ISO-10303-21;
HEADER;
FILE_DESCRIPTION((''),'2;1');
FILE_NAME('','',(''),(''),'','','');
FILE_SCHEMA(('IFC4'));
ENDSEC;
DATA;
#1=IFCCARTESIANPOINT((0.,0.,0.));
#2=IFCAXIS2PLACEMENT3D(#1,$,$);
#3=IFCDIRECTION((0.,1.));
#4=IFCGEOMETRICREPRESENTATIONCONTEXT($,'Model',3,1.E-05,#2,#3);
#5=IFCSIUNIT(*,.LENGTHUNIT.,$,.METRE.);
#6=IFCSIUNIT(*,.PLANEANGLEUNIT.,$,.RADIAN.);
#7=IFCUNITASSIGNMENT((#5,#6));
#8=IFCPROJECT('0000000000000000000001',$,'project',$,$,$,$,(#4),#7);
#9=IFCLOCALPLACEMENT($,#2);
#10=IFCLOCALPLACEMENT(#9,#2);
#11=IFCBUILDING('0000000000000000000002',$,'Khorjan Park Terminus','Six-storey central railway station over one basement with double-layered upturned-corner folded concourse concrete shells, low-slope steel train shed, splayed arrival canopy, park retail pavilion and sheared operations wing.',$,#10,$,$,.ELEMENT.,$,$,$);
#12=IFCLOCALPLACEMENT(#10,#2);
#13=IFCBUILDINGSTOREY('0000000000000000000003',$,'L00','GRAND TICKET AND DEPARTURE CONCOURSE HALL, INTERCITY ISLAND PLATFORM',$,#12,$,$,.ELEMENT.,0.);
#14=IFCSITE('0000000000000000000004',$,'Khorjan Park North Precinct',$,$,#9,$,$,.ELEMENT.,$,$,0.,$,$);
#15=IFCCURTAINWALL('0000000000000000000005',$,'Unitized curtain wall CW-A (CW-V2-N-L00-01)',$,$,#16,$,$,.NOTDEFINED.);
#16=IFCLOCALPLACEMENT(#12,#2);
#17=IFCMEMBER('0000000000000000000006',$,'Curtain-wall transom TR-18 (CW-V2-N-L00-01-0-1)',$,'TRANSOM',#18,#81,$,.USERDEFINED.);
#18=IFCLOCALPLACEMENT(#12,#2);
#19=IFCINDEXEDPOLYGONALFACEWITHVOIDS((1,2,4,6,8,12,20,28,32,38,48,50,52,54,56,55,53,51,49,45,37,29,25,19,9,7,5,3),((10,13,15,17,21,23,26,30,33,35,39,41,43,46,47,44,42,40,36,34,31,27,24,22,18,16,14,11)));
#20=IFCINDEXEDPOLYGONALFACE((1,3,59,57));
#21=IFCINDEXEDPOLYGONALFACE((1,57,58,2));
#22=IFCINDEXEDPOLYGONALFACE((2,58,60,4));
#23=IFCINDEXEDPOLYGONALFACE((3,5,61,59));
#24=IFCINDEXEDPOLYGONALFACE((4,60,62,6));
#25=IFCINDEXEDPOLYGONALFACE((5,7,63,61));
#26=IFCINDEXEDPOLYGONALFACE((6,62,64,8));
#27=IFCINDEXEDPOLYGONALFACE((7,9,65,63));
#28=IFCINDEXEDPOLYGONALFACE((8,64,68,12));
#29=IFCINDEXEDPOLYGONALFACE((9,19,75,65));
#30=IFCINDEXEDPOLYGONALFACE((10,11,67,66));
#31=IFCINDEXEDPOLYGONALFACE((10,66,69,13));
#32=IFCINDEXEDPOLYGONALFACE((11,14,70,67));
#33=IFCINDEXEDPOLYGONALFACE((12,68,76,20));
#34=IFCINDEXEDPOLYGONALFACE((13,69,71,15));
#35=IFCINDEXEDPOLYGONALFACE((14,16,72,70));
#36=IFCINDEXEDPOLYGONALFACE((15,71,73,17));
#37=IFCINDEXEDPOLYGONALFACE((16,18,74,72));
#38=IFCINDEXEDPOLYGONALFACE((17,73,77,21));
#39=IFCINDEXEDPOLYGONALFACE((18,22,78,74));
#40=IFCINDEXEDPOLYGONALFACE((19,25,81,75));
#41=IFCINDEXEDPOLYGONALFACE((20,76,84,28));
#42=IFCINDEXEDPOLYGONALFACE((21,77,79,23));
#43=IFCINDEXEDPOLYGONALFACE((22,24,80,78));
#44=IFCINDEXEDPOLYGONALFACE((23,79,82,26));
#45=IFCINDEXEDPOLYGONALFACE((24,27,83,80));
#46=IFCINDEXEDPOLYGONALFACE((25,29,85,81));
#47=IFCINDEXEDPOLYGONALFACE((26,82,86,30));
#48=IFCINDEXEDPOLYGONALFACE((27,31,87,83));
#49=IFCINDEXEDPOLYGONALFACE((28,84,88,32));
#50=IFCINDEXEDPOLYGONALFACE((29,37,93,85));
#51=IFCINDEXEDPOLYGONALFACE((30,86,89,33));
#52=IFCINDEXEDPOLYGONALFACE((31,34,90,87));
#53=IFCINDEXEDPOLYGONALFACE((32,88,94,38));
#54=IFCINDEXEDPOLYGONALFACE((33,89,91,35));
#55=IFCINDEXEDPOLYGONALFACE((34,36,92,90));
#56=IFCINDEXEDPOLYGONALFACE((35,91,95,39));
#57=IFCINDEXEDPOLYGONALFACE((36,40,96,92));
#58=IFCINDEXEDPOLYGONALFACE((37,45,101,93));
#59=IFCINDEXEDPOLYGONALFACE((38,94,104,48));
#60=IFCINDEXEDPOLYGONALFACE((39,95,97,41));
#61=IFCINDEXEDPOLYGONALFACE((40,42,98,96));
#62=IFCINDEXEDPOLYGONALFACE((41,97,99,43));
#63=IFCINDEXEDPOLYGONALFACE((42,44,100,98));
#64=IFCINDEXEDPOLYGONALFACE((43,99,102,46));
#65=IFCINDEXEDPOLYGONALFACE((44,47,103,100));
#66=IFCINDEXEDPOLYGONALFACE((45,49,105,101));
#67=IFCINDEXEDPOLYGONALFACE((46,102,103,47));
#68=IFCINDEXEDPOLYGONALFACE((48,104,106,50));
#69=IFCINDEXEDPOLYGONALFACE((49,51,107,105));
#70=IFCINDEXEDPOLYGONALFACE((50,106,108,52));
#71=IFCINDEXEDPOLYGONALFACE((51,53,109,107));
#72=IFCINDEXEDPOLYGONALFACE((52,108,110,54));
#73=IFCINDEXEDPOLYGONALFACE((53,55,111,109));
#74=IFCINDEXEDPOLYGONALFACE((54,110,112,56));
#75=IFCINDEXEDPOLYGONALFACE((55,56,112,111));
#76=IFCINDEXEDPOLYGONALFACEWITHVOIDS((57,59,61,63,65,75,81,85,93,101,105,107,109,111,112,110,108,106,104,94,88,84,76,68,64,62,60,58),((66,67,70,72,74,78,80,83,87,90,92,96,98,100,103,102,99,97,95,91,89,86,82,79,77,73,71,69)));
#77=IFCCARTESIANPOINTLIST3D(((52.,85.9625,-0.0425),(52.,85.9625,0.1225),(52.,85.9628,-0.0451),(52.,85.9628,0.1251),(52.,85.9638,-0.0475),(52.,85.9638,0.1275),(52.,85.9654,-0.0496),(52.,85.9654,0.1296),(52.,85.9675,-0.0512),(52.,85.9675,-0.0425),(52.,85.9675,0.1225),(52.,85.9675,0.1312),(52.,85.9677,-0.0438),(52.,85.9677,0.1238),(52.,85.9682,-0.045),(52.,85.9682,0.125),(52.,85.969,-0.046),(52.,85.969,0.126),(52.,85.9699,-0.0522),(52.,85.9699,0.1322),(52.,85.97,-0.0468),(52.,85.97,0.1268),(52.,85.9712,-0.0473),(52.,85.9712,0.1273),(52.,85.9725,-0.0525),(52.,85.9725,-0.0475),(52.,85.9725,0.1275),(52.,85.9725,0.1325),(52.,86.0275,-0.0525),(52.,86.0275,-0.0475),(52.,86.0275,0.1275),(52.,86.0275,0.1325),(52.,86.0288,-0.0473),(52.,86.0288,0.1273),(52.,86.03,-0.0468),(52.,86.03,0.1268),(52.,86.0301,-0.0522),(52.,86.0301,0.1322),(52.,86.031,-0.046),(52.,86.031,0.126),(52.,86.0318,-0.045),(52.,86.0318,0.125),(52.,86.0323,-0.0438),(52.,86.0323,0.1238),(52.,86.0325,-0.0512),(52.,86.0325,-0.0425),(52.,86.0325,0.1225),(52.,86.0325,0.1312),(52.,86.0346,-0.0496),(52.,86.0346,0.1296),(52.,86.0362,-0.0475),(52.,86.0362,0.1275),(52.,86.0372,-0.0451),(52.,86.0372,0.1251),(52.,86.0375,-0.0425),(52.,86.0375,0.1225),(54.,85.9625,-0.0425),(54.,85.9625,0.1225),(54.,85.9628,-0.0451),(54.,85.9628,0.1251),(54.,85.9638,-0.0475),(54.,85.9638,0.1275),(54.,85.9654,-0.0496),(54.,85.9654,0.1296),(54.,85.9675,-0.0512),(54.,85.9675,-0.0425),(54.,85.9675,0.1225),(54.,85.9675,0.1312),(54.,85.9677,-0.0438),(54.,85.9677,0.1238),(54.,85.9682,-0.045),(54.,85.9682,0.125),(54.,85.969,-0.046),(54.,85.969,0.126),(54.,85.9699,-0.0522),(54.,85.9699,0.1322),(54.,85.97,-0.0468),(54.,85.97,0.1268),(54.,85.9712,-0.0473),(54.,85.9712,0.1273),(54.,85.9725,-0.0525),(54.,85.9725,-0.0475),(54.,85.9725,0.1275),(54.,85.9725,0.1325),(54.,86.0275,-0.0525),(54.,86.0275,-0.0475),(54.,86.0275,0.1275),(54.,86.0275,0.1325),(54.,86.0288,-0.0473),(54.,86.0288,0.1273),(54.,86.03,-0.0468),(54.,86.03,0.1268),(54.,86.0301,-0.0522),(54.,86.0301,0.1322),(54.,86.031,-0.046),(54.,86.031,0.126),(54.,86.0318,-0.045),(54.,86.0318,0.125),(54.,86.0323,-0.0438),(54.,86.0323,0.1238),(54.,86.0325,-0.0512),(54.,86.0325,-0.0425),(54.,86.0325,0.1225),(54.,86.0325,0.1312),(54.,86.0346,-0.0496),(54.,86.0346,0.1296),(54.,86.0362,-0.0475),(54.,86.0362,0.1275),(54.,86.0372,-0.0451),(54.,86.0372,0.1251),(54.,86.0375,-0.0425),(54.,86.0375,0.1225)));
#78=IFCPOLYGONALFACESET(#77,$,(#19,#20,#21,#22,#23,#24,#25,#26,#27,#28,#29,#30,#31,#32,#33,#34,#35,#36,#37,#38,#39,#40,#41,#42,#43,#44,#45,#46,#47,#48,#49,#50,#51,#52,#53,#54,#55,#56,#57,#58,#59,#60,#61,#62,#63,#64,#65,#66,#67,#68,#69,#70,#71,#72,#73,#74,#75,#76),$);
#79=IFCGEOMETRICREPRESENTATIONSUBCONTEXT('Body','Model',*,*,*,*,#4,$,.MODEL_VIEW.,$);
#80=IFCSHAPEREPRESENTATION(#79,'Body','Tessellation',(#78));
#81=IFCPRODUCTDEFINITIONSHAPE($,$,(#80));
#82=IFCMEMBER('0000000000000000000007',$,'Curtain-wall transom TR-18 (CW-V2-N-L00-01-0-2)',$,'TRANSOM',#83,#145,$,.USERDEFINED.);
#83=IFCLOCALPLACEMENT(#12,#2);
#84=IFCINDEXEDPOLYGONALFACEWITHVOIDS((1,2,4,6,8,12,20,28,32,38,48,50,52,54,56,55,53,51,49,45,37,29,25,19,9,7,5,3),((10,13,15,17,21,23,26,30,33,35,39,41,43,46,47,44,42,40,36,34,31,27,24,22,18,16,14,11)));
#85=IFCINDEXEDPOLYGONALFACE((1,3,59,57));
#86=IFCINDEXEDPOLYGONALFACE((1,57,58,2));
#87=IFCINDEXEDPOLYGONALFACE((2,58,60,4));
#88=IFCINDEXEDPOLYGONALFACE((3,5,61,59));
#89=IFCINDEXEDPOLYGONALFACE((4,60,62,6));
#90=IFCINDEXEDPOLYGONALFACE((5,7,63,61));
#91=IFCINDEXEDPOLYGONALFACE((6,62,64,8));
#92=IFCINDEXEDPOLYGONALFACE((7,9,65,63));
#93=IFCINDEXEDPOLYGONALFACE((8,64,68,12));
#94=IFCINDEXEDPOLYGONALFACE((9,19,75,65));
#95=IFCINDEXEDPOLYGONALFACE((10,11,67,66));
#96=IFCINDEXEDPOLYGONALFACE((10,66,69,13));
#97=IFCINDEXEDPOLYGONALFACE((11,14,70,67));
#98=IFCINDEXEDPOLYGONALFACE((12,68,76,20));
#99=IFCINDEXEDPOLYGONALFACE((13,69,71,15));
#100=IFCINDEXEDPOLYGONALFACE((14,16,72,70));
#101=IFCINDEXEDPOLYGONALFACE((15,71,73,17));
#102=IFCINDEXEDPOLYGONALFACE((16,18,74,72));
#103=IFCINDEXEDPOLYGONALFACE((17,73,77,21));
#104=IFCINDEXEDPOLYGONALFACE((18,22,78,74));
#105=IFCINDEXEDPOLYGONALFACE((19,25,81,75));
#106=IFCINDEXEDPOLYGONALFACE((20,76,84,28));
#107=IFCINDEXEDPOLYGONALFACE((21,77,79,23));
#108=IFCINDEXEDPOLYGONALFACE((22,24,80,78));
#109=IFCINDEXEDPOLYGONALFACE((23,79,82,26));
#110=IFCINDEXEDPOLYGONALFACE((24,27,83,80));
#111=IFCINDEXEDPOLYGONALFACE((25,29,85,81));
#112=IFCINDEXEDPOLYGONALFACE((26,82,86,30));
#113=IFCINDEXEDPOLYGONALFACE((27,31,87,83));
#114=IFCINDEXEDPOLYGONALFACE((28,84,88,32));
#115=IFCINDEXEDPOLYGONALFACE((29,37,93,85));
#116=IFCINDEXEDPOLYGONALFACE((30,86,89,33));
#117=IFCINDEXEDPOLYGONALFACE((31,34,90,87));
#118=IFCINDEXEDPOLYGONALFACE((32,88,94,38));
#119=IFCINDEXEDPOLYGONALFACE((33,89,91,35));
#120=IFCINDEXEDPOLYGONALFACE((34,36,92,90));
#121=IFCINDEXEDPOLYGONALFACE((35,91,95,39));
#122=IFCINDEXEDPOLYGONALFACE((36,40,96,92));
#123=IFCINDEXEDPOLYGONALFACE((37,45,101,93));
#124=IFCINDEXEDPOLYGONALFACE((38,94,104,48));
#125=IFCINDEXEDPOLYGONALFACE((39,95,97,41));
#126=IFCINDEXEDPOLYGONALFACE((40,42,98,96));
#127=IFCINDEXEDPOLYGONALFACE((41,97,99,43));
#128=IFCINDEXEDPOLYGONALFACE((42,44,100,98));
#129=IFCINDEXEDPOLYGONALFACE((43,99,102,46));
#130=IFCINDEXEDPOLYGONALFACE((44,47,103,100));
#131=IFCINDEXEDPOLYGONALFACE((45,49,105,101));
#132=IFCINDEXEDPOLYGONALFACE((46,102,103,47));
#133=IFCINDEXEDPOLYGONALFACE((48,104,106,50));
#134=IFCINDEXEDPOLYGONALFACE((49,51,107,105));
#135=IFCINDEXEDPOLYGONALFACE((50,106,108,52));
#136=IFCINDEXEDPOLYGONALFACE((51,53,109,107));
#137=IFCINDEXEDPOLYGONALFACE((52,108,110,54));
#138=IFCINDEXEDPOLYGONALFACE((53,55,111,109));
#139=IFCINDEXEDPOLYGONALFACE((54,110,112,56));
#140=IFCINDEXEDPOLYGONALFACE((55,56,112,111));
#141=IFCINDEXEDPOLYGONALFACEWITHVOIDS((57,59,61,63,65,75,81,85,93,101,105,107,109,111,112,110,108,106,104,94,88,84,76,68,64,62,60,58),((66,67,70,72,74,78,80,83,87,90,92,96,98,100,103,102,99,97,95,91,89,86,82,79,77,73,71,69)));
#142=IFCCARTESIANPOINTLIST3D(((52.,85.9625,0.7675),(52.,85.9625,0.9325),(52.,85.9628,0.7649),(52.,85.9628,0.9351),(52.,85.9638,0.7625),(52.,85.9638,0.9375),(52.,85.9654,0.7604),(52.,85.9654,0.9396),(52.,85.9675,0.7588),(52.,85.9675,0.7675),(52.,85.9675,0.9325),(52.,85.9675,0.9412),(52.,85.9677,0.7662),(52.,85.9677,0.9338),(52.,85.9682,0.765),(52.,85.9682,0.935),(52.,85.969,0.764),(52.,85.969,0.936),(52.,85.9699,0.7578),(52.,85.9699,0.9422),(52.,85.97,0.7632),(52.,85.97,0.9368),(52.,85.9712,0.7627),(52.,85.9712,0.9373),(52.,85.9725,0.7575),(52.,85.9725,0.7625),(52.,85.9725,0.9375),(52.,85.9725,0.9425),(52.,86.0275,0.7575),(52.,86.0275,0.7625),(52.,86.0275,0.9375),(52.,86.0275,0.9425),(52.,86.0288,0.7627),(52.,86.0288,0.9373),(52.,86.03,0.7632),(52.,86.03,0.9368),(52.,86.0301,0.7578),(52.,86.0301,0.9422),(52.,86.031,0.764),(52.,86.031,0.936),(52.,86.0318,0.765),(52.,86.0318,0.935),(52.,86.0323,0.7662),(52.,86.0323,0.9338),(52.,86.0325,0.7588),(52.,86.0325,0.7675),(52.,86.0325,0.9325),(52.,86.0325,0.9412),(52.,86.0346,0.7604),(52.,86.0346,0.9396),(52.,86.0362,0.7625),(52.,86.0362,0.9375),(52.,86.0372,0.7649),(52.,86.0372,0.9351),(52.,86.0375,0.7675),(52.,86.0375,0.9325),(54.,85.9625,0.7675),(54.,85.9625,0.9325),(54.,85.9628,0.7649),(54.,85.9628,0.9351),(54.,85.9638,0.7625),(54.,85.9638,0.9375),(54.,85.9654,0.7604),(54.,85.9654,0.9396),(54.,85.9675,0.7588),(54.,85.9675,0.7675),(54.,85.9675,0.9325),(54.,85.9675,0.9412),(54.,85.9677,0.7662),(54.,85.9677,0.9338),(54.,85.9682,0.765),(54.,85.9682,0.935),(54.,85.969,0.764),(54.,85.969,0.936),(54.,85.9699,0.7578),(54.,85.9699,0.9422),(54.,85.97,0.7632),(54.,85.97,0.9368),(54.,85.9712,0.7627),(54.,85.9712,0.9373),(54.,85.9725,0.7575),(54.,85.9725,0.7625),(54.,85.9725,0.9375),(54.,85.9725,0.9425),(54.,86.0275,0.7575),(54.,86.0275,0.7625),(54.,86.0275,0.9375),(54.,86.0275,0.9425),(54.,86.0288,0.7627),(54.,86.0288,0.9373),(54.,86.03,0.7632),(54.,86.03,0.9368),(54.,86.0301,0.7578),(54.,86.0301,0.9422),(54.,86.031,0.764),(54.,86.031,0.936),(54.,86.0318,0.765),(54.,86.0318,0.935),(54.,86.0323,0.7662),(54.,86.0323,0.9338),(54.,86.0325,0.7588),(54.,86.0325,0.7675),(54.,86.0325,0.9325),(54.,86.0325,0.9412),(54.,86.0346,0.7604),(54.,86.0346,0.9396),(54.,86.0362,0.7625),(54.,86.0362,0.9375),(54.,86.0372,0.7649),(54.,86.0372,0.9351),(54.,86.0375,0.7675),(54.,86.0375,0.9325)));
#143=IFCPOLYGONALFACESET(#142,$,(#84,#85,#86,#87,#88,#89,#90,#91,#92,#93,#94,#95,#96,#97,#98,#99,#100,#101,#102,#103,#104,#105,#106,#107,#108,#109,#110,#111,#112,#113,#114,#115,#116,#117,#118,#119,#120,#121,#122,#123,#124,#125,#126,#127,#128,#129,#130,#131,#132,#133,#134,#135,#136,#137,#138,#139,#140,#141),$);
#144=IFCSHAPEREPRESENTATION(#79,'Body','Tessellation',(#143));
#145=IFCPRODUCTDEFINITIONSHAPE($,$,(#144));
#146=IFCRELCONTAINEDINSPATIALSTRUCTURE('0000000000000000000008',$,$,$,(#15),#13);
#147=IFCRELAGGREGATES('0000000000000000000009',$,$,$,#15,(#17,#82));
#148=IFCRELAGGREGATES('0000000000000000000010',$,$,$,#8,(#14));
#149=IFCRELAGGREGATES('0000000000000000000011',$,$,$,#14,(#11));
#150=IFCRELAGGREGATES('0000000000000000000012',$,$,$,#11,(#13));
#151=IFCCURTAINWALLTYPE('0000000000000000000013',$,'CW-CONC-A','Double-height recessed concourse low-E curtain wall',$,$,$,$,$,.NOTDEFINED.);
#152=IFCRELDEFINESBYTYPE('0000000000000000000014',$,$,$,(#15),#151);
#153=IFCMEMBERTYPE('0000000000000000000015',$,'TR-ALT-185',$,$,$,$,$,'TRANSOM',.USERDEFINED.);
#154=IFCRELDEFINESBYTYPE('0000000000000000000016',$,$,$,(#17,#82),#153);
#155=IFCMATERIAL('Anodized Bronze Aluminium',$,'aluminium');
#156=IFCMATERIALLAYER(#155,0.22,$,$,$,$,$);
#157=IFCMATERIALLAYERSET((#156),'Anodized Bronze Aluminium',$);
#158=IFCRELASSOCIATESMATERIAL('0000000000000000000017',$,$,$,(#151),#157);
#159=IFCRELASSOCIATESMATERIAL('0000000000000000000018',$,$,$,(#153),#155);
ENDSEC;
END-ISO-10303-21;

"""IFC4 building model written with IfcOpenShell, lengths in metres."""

from ifc_helpers import new_model, si_unit, direction, frame, origin, origin_2d, place, context, subcontext, project, spatial, hollow_rectangle, extrude, material, layer, layer_set, material_profile, profile_set, type_object, element, aggregate, save


model = new_model("IFC4")

# Units and contexts
model_context = context("Model", 3, precision=1e-05, world=origin(), true_north=direction((0.0, 1.0)))
body_context = subcontext(model_context, "Body", "Model", "MODEL_VIEW")
ifc_project = project(units=[si_unit("LENGTHUNIT", "METRE"), si_unit("PLANEANGLEUNIT", "RADIAN")], contexts=[model_context])

# Site, building, storey
site_placement = place(None, origin())
site = spatial("IfcSite", under=ifc_project, at=site_placement, Name="Khorjan Park North Precinct", CompositionType="ELEMENT", RefElevation=0.0)
building_placement = place(site_placement, origin())
building = spatial("IfcBuilding", under=site, at=building_placement, Name="Khorjan Park Terminus", Description="Six-storey central railway station over one basement with double-layered upturned-corner folded concourse concrete shells, low-slope steel train shed, splayed arrival canopy, park retail pavilion and sheared operations wing.", CompositionType="ELEMENT")
storey_placement = place(building_placement, origin())
storey = spatial("IfcBuildingStorey", under=building, at=storey_placement, Name="L00", Description="GRAND TICKET AND DEPARTURE CONCOURSE HALL, INTERCITY ISLAND PLATFORM", CompositionType="ELEMENT", Elevation=0.0)

# Curtain wall, members
ifc_material_1 = material(Name="Anodized Bronze Aluminium", Category="aluminium")
ifc_layer_1 = layer(ifc_material_1, 0.22)
ifc_layer_set_1 = layer_set([ifc_layer_1], Name="Anodized Bronze Aluminium")
curtain_wall_type_1 = type_object("IfcCurtainWallType", Name="CW-CONC-A", Description="Double-height recessed concourse low-E curtain wall", PredefinedType="NOTDEFINED", material=ifc_layer_set_1)
curtain_wall_1_placement = place(storey_placement, origin())
curtain_wall_1 = element("IfcCurtainWall", 1, at=curtain_wall_1_placement, inside=storey, type_object=curtain_wall_type_1, Name="Unitized curtain wall CW-A (CW-V2-N-L00-01)", PredefinedType="NOTDEFINED")
ifc_material_profile_1 = material_profile(ifc_material_1, hollow_rectangle(XDim=0.075, YDim=0.185, WallThickness=0.005, InnerFilletRadius=0.005, OuterFilletRadius=0.01, at=origin_2d()), Name="ALT 75x185x5")
ifc_profile_set_1 = profile_set([ifc_material_profile_1], Name="Anodized Bronze Aluminium")
member_type_1 = type_object("IfcMemberType", Name="TR-ALT-185", ElementType="TRANSOM", PredefinedType="USERDEFINED", material=ifc_profile_set_1)
member_1_placement = place(storey_placement, frame((54.0, 86.0, 0.04), z_axis=(-1.0, 0.0, 0.0), x_axis=(0.0, -1.0, 0.0)))
member_1 = element("IfcMember", 2, at=member_1_placement, type_object=member_type_1, Name="Curtain-wall transom TR-18 (CW-V2-N-L00-01-0-1)", ObjectType="TRANSOM", PredefinedType="USERDEFINED", context=body_context, shape_type="SweptSolid", body=[
    extrude(hollow_rectangle(XDim=0.075, YDim=0.185, WallThickness=0.005, InnerFilletRadius=0.005, OuterFilletRadius=0.01, at=origin_2d()), origin(), (0.0, 0.0, 1.0), 2.0),
])
member_2_placement = place(storey_placement, frame((54.0, 86.0, 0.85), z_axis=(-1.0, 0.0, 0.0), x_axis=(0.0, -1.0, 0.0)))
member_2 = element("IfcMember", 3, at=member_2_placement, type_object=member_type_1, Name="Curtain-wall transom TR-18 (CW-V2-N-L00-01-0-2)", ObjectType="TRANSOM", PredefinedType="USERDEFINED", context=body_context, shape_type="SweptSolid", body=[
    extrude(hollow_rectangle(XDim=0.075, YDim=0.185, WallThickness=0.005, InnerFilletRadius=0.005, OuterFilletRadius=0.01, at=origin_2d()), origin(), (0.0, 0.0, 1.0), 2.0),
])

aggregate(curtain_wall_1, [member_1, member_2])

save(model, "model.ifc")
